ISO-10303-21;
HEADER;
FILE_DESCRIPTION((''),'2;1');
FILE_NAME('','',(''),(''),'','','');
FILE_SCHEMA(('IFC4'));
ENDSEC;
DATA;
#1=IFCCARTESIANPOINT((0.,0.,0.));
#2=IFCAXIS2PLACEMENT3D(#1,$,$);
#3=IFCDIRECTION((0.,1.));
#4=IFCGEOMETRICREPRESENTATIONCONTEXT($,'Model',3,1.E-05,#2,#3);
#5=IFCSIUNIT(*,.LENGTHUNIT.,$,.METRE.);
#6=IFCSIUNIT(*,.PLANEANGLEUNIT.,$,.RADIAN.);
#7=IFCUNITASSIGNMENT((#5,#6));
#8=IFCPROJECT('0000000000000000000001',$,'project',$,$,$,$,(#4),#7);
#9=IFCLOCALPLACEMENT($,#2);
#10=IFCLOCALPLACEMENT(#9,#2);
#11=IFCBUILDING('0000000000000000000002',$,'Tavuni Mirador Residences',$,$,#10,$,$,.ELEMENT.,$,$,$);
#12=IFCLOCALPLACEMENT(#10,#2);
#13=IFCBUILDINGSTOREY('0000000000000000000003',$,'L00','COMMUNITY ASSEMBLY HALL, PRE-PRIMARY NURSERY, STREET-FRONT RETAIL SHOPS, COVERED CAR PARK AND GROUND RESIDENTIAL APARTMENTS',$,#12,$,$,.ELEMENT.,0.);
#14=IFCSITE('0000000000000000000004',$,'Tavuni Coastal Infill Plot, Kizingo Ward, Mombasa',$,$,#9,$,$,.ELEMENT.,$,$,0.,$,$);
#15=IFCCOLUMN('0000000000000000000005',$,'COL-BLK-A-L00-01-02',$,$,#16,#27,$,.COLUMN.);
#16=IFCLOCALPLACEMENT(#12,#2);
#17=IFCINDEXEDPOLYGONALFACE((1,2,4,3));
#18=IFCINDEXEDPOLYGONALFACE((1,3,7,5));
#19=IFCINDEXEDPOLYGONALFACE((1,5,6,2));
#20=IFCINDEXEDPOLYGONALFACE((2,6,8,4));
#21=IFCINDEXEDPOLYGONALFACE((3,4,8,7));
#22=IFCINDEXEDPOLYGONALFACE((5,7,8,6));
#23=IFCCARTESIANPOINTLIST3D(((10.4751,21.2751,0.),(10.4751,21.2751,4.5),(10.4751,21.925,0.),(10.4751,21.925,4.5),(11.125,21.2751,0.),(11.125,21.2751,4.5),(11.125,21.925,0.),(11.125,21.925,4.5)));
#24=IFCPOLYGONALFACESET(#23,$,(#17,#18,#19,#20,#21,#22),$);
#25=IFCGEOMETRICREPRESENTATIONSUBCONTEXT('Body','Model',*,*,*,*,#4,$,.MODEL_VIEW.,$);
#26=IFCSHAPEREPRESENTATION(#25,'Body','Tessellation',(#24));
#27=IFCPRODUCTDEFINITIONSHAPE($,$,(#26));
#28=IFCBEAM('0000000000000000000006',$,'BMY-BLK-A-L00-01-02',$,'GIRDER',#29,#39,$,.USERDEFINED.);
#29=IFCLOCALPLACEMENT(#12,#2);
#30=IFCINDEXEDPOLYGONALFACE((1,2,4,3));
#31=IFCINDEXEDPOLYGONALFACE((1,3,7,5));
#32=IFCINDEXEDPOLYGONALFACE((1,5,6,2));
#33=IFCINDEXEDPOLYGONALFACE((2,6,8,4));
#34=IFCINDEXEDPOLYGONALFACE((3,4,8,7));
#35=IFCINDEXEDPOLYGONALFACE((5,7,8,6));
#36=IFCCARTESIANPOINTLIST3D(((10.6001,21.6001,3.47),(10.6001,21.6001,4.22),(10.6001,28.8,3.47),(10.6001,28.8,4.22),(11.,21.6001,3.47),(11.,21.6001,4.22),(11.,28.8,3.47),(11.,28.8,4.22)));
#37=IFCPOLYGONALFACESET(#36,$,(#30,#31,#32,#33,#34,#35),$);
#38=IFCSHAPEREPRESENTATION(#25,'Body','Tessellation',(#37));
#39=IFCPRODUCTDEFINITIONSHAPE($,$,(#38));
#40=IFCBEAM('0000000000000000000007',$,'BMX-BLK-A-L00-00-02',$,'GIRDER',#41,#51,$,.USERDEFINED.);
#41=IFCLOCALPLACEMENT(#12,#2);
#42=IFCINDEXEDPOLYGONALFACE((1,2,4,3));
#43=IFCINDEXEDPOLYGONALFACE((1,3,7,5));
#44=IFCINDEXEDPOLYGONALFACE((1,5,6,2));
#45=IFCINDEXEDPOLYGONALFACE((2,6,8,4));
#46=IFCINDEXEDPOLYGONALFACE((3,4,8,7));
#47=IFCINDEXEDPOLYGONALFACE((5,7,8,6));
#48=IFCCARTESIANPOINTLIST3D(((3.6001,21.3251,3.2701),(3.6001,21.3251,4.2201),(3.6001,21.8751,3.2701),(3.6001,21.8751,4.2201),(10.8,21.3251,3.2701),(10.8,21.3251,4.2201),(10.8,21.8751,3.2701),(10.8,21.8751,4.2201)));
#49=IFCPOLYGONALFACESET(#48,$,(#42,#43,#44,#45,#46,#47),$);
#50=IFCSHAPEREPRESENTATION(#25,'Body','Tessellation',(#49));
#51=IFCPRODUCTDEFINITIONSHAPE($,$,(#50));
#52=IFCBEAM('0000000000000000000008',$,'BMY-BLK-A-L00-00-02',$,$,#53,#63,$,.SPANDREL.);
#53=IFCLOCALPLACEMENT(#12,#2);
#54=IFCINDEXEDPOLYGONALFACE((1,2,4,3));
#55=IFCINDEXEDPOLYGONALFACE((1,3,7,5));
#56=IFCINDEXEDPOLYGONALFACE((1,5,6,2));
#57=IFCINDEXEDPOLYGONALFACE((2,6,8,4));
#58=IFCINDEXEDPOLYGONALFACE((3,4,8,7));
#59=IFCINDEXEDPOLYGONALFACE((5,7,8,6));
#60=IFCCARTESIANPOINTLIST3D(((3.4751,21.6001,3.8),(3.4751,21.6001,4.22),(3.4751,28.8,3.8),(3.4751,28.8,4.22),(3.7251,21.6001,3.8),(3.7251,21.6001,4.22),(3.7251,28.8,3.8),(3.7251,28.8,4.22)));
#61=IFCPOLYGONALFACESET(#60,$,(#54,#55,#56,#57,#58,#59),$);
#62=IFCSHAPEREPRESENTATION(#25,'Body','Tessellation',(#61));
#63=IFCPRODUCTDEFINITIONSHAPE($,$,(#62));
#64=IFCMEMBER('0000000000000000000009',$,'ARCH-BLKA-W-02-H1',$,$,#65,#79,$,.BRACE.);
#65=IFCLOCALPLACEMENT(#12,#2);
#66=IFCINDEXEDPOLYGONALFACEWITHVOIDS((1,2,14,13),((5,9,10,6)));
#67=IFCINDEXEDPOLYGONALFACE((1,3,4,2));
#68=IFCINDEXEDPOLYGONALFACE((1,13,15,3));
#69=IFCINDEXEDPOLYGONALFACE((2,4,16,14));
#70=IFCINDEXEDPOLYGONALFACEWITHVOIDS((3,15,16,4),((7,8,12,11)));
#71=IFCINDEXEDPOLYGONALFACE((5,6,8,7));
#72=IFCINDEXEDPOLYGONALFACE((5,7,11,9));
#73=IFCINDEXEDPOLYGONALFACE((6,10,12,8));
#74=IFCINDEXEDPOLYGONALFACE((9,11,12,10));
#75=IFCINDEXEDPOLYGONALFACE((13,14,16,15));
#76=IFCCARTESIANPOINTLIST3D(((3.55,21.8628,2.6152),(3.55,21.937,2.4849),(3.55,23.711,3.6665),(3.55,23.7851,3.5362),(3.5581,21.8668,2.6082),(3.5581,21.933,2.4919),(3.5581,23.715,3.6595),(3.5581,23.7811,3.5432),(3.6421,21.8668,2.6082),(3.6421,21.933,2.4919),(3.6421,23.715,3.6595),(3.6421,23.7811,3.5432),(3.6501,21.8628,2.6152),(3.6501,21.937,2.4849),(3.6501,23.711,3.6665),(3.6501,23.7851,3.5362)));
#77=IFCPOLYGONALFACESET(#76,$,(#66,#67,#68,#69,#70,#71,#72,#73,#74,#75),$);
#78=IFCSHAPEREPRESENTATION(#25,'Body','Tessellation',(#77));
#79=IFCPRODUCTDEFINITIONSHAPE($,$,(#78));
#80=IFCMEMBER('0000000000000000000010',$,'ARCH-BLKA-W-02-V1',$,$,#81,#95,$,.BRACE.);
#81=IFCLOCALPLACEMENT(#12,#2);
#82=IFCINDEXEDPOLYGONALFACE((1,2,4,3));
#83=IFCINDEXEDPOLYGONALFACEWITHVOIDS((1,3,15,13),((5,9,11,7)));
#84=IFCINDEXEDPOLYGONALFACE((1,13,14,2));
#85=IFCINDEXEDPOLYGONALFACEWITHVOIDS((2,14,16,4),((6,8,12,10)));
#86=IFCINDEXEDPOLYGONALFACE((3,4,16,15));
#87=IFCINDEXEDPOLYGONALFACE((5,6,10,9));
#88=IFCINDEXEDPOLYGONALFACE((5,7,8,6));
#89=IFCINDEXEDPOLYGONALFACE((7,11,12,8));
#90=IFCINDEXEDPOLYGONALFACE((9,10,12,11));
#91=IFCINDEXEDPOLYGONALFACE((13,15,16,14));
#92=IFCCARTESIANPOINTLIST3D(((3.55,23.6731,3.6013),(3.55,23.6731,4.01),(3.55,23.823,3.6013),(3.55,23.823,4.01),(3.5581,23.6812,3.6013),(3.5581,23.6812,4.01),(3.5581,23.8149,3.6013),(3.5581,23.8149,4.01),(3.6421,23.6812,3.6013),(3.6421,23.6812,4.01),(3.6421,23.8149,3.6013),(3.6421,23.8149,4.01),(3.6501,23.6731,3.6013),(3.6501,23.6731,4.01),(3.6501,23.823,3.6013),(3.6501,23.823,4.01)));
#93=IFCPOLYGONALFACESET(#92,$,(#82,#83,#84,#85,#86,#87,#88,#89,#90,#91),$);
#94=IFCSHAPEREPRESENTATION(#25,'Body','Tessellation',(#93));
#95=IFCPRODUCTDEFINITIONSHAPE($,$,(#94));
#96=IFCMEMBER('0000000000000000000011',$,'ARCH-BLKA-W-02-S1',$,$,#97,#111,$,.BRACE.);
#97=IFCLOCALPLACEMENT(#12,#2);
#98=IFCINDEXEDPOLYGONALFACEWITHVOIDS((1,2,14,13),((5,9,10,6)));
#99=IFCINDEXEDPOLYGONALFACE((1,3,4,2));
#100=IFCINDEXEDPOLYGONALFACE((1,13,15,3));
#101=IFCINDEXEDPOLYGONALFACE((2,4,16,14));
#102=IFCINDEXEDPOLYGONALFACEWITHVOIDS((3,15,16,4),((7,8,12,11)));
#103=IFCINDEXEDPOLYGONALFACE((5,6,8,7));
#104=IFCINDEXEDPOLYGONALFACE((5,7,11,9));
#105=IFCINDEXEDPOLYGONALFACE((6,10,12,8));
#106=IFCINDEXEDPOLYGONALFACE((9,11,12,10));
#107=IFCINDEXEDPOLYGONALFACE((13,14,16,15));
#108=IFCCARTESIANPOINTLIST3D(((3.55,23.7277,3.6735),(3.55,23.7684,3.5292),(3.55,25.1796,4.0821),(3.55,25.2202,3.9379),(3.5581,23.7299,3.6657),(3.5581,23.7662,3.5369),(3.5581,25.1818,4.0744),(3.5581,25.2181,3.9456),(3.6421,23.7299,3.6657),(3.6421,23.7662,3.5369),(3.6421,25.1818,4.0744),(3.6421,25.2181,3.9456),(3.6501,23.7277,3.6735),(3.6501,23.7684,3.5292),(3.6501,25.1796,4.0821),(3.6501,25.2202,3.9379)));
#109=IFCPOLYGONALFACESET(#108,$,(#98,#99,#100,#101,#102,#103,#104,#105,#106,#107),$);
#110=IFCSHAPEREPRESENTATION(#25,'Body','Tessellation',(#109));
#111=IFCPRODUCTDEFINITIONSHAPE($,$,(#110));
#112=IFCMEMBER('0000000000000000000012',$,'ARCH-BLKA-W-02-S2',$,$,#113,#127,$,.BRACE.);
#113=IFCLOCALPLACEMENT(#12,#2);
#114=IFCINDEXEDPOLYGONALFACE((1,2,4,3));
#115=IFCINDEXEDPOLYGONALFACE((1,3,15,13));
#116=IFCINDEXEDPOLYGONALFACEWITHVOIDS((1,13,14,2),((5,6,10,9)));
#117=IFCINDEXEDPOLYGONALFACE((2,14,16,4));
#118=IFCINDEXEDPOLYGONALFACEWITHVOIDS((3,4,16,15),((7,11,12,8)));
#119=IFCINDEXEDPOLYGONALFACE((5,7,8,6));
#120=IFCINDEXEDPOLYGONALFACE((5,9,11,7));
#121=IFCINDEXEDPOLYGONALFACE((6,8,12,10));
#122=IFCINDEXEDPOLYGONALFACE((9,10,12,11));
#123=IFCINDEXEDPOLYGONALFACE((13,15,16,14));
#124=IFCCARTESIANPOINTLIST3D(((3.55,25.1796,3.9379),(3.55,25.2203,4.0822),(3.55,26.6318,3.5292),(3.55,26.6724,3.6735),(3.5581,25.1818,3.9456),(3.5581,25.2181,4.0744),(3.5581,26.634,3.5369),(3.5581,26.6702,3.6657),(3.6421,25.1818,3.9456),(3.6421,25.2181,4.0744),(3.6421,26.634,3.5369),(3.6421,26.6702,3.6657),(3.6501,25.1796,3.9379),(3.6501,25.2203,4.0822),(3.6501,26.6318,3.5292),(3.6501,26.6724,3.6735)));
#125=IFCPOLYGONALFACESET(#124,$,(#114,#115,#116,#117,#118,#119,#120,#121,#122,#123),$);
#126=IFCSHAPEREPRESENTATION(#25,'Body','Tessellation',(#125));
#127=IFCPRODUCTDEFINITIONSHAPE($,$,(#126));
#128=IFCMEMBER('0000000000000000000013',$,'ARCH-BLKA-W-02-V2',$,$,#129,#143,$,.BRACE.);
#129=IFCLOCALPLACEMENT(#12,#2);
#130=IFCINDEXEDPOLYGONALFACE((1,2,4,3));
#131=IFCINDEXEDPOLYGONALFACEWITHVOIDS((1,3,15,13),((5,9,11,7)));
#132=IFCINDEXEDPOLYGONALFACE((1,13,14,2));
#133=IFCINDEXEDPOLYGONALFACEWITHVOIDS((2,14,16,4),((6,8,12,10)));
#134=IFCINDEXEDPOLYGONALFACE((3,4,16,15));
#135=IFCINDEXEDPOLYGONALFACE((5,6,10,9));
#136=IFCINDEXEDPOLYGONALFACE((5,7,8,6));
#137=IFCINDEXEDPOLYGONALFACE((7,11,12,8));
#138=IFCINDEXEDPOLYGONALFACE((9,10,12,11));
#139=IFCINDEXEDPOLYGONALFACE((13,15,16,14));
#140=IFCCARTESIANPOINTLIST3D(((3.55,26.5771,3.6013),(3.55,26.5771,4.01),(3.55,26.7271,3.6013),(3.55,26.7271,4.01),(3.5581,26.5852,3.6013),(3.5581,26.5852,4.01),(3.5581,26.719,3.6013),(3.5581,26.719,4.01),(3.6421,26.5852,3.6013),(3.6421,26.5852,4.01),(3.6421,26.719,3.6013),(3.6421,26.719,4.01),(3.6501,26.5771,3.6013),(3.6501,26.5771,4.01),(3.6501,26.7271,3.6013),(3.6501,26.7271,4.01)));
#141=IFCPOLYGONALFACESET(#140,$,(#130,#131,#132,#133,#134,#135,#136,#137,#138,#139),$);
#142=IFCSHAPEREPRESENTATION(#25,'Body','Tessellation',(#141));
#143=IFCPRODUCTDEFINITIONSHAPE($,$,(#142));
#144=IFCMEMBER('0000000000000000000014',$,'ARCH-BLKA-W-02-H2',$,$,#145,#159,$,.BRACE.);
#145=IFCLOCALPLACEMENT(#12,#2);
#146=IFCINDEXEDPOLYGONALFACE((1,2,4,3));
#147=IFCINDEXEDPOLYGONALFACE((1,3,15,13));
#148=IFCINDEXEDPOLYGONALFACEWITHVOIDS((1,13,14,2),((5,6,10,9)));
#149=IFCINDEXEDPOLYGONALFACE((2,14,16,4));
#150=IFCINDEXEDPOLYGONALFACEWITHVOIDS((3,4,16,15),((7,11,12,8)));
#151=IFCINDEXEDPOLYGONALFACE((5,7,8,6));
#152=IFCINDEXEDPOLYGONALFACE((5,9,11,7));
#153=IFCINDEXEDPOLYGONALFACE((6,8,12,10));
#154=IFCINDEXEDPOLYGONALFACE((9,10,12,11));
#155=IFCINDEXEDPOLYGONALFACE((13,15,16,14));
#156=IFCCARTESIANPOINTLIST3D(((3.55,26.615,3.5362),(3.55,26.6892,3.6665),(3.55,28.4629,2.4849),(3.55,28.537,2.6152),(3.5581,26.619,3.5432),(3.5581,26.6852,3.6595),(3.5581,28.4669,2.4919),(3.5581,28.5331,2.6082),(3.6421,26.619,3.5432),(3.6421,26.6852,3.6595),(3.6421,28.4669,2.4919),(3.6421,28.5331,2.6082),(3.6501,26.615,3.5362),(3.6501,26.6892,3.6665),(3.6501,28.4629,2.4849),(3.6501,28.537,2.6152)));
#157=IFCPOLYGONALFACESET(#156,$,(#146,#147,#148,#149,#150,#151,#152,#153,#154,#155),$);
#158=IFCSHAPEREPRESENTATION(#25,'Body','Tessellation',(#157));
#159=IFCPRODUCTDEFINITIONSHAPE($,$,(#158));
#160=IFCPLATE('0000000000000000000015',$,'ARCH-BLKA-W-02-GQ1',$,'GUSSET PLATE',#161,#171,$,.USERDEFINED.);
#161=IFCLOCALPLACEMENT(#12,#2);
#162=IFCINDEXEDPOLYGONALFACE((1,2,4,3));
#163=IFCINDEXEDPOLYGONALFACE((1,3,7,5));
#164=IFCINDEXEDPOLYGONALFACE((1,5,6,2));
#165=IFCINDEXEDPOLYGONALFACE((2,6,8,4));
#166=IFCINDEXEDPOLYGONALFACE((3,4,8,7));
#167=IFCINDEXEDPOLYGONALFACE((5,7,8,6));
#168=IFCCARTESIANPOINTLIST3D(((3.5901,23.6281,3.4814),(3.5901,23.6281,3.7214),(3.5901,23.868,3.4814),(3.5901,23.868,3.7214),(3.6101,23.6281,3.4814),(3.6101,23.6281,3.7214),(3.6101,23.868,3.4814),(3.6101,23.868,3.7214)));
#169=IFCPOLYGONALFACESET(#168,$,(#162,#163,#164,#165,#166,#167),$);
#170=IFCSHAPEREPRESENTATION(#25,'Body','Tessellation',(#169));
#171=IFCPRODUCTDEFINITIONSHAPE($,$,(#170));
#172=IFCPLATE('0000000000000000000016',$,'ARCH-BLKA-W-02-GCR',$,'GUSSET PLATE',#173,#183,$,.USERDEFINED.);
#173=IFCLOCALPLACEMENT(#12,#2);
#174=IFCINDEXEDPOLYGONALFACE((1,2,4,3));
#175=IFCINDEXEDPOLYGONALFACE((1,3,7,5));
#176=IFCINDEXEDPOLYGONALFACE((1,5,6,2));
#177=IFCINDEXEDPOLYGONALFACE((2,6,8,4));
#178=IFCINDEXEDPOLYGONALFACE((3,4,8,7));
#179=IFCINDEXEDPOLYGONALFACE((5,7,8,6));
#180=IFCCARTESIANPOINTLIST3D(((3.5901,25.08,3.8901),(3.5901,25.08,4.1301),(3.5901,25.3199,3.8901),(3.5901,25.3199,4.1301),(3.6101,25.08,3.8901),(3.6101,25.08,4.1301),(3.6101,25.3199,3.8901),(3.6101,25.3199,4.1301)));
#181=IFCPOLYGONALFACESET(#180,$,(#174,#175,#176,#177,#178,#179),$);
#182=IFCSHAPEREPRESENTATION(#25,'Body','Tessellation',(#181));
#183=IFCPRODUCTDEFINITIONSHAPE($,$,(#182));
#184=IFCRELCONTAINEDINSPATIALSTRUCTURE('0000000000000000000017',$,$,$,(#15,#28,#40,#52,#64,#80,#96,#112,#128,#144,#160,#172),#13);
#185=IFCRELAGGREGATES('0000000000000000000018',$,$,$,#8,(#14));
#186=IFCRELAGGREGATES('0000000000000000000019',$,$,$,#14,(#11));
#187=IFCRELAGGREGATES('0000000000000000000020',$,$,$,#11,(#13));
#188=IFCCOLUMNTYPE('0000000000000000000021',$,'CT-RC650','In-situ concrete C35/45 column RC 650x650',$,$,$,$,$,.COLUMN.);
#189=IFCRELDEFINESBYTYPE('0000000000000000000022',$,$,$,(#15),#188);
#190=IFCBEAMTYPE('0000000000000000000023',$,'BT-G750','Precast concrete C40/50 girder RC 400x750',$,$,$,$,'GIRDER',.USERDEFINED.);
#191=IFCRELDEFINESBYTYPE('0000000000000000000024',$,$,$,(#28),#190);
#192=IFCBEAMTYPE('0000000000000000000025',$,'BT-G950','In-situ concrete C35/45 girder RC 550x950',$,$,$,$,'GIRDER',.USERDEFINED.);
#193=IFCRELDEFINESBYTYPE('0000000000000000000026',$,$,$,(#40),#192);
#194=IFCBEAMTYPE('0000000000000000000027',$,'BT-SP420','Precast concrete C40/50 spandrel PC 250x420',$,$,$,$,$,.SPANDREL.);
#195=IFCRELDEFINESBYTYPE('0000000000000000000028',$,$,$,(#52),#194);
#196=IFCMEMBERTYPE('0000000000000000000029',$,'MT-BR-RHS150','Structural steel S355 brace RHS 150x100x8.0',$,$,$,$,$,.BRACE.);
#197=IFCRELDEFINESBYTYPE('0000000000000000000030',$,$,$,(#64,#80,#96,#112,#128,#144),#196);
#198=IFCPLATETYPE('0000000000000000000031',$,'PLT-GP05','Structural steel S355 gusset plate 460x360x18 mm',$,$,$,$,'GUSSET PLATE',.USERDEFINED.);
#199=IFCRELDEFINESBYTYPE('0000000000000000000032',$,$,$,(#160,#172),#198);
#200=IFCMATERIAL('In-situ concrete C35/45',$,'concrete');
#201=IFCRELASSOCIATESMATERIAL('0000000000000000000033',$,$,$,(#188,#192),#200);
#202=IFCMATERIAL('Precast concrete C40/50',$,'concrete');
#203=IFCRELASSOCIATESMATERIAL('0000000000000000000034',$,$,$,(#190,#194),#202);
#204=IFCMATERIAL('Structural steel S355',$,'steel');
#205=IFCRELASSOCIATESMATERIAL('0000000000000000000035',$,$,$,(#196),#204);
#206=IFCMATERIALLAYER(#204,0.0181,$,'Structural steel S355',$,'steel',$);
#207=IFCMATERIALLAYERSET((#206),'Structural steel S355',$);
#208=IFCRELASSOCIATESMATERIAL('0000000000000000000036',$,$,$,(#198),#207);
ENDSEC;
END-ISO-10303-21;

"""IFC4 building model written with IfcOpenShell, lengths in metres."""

from ifc_helpers import new_model, si_unit, direction, frame, origin, origin_2d, place, context, subcontext, project, spatial, rectangle, hollow_rectangle, extrude, material, layer, layer_set, material_profile, profile_set, type_object, element, save


model = new_model("IFC4")

# Units and contexts
model_context = context("Model", 3, precision=1e-05, world=origin(), true_north=direction((0.0, 1.0)))
body_context = subcontext(model_context, "Body", "Model", "MODEL_VIEW")
ifc_project = project(units=[si_unit("LENGTHUNIT", "METRE"), si_unit("PLANEANGLEUNIT", "RADIAN")], contexts=[model_context])

# Site, building, storey
site_placement = place(None, origin())
site = spatial("IfcSite", under=ifc_project, at=site_placement, Name="Tavuni Coastal Infill Plot, Kizingo Ward, Mombasa", CompositionType="ELEMENT", RefElevation=0.0)
building_placement = place(site_placement, origin())
building = spatial("IfcBuilding", under=site, at=building_placement, Name="Tavuni Mirador Residences", CompositionType="ELEMENT")
storey_placement = place(building_placement, origin())
storey = spatial("IfcBuildingStorey", under=building, at=storey_placement, Name="L00", Description="COMMUNITY ASSEMBLY HALL, PRE-PRIMARY NURSERY, STREET-FRONT RETAIL SHOPS, COVERED CAR PARK AND GROUND RESIDENTIAL APARTMENTS", CompositionType="ELEMENT", Elevation=0.0)

# Column
ifc_material_1 = material(Name="In-situ concrete C35/45", Category="concrete")
ifc_material_profile_1 = material_profile(ifc_material_1, rectangle(XDim=0.6499, YDim=0.6499, at=origin_2d()), Name="RC 650x650", Category="concrete")
ifc_profile_set_1 = profile_set([ifc_material_profile_1], Name="In-situ concrete C35/45")
column_type = type_object("IfcColumnType", Name="CT-RC650", Description="In-situ concrete C35/45 column RC 650x650", PredefinedType="COLUMN", material=ifc_profile_set_1)
column_placement = place(storey_placement, frame((10.8, 21.6001, 0.0), z_axis=(0.0, 0.0, 1.0), x_axis=(1.0, 0.0, 0.0)))
element("IfcColumn", 1, at=column_placement, inside=storey, type_object=column_type, Name="COL-BLK-A-L00-01-02", PredefinedType="COLUMN", context=body_context, shape_type="SweptSolid", body=[
    extrude(rectangle(XDim=0.6499, YDim=0.6499, at=origin_2d()), origin(), (0.0, 0.0, 1.0), 4.5),
])

# Beams
ifc_material_2 = material(Name="Precast concrete C40/50", Category="concrete")
ifc_material_profile_2 = material_profile(ifc_material_2, rectangle(XDim=0.3999, YDim=0.75, at=origin_2d()), Name="RC 400x750", Category="concrete")
ifc_profile_set_2 = profile_set([ifc_material_profile_2], Name="Precast concrete C40/50")
beam_type_1 = type_object("IfcBeamType", Name="BT-G750", Description="Precast concrete C40/50 girder RC 400x750", ElementType="GIRDER", PredefinedType="USERDEFINED", material=ifc_profile_set_2)
beam_1_placement = place(storey_placement, frame((10.8, 21.6001, 3.845), z_axis=(0.0, 1.0, 0.0), x_axis=(-1.0, 0.0, 0.0)))
element("IfcBeam", 2, at=beam_1_placement, inside=storey, type_object=beam_type_1, Name="BMY-BLK-A-L00-01-02", ObjectType="GIRDER", PredefinedType="USERDEFINED", context=body_context, shape_type="SweptSolid", body=[
    extrude(rectangle(XDim=0.3999, YDim=0.75, at=origin_2d()), origin(), (0.0, 0.0, 1.0), 7.2),
])
ifc_material_profile_3 = material_profile(ifc_material_1, rectangle(XDim=0.55, YDim=0.95, at=origin_2d()), Name="RC 550x950", Category="concrete")
ifc_profile_set_3 = profile_set([ifc_material_profile_3], Name="In-situ concrete C35/45")
beam_type_2 = type_object("IfcBeamType", Name="BT-G950", Description="In-situ concrete C35/45 girder RC 550x950", ElementType="GIRDER", PredefinedType="USERDEFINED", material=ifc_profile_set_3)
beam_2_placement = place(storey_placement, frame((3.6001, 21.6001, 3.7451), z_axis=(1.0, 0.0, 0.0), x_axis=(0.0, 1.0, 0.0)))
element("IfcBeam", 3, at=beam_2_placement, inside=storey, type_object=beam_type_2, Name="BMX-BLK-A-L00-00-02", ObjectType="GIRDER", PredefinedType="USERDEFINED", context=body_context, shape_type="SweptSolid", body=[
    extrude(rectangle(XDim=0.55, YDim=0.95, at=origin_2d()), origin(), (0.0, 0.0, 1.0), 7.2),
])
ifc_material_profile_4 = material_profile(ifc_material_2, rectangle(XDim=0.25, YDim=0.4199, at=origin_2d()), Name="PC 250x420", Category="concrete")
ifc_profile_set_4 = profile_set([ifc_material_profile_4], Name="Precast concrete C40/50")
beam_type_3 = type_object("IfcBeamType", Name="BT-SP420", Description="Precast concrete C40/50 spandrel PC 250x420", PredefinedType="SPANDREL", material=ifc_profile_set_4)
beam_3_placement = place(storey_placement, frame((3.6001, 21.6001, 4.01), z_axis=(0.0, 1.0, 0.0), x_axis=(-1.0, 0.0, 0.0)))
element("IfcBeam", 4, at=beam_3_placement, inside=storey, type_object=beam_type_3, Name="BMY-BLK-A-L00-00-02", PredefinedType="SPANDREL", context=body_context, shape_type="SweptSolid", body=[
    extrude(rectangle(XDim=0.25, YDim=0.4199, at=origin_2d()), origin(), (0.0, 0.0, 1.0), 7.2),
])

# Members
ifc_material_3 = material(Name="Structural steel S355", Category="steel")
ifc_material_profile_5 = material_profile(ifc_material_3, hollow_rectangle(XDim=0.1001, YDim=0.1499, WallThickness=0.0081, at=origin_2d()), Name="RHS 150x100x8.0", Category="steel")
ifc_profile_set_5 = profile_set([ifc_material_profile_5], Name="Structural steel S355")
member_type = type_object("IfcMemberType", Name="MT-BR-RHS150", Description="Structural steel S355 brace RHS 150x100x8.0", PredefinedType="BRACE", material=ifc_profile_set_5)
member_1_placement = place(storey_placement, frame((3.6001, 21.8999, 2.55), z_axis=(0.0, 0.869217, 0.494432), x_axis=(-1.0, 0.0, 0.0)))
element("IfcMember", 5, at=member_1_placement, inside=storey, type_object=member_type, Name="ARCH-BLKA-W-02-H1", PredefinedType="BRACE", context=body_context, shape_type="SweptSolid", body=[
    extrude(hollow_rectangle(XDim=0.1001, YDim=0.1499, WallThickness=0.0081, at=origin_2d()), origin(), (0.0, 0.0, 1.0), 2.1262),
])
member_2_placement = place(storey_placement, frame((3.6001, 23.748, 3.6013), z_axis=(0.0, 0.0, 1.0), x_axis=(1.0, 0.0, 0.0)))
element("IfcMember", 6, at=member_2_placement, inside=storey, type_object=member_type, Name="ARCH-BLKA-W-02-V1", PredefinedType="BRACE", context=body_context, shape_type="SweptSolid", body=[
    extrude(hollow_rectangle(XDim=0.1001, YDim=0.1499, WallThickness=0.0081, at=origin_2d()), origin(), (0.0, 0.0, 1.0), 0.4087),
])
member_3_placement = place(storey_placement, frame((3.6001, 23.748, 3.6013), z_axis=(0.0, 0.962592, 0.270957), x_axis=(-1.0, 0.0, 0.0)))
element("IfcMember", 7, at=member_3_placement, inside=storey, type_object=member_type, Name="ARCH-BLKA-W-02-S1", PredefinedType="BRACE", context=body_context, shape_type="SweptSolid", body=[
    extrude(hollow_rectangle(XDim=0.1001, YDim=0.1499, WallThickness=0.0081, at=origin_2d()), origin(), (0.0, 0.0, 1.0), 1.5083),
])
member_4_placement = place(storey_placement, frame((3.6001, 25.2, 4.01), z_axis=(0.0, 0.962603, -0.270914), x_axis=(-1.0, 0.0, 0.0)))
element("IfcMember", 8, at=member_4_placement, inside=storey, type_object=member_type, Name="ARCH-BLKA-W-02-S2", PredefinedType="BRACE", context=body_context, shape_type="SweptSolid", body=[
    extrude(hollow_rectangle(XDim=0.1001, YDim=0.1499, WallThickness=0.0081, at=origin_2d()), origin(), (0.0, 0.0, 1.0), 1.5085),
])
member_5_placement = place(storey_placement, frame((3.6001, 26.6521, 3.6013), z_axis=(0.0, 0.0, 1.0), x_axis=(1.0, 0.0, 0.0)))
element("IfcMember", 9, at=member_5_placement, inside=storey, type_object=member_type, Name="ARCH-BLKA-W-02-V2", PredefinedType="BRACE", context=body_context, shape_type="SweptSolid", body=[
    extrude(hollow_rectangle(XDim=0.1001, YDim=0.1499, WallThickness=0.0081, at=origin_2d()), origin(), (0.0, 0.0, 1.0), 0.4087),
])
member_6_placement = place(storey_placement, frame((3.6001, 26.6521, 3.6013), z_axis=(0.0, 0.869189, -0.494481), x_axis=(-1.0, 0.0, 0.0)))
element("IfcMember", 10, at=member_6_placement, inside=storey, type_object=member_type, Name="ARCH-BLKA-W-02-H2", PredefinedType="BRACE", context=body_context, shape_type="SweptSolid", body=[
    extrude(hollow_rectangle(XDim=0.1001, YDim=0.1499, WallThickness=0.0081, at=origin_2d()), origin(), (0.0, 0.0, 1.0), 2.126),
])

# Plates
ifc_layer_1 = layer(ifc_material_3, 0.0181, Name="Structural steel S355", Category="steel")
ifc_layer_set_1 = layer_set([ifc_layer_1], Name="Structural steel S355")
plate_type = type_object("IfcPlateType", Name="PLT-GP05", Description="Structural steel S355 gusset plate 460x360x18 mm", ElementType="GUSSET PLATE", PredefinedType="USERDEFINED", material=ifc_layer_set_1)
for number, where, z_axis, x_axis, name in (
    (11, (3.6001, 23.748, 3.4814), (0.0, 0.0, 1.0), (1.0, 0.0, 0.0), "ARCH-BLKA-W-02-GQ1"),
    (12, (3.6001, 25.2, 3.8901), (0.0, 0.0, 1.0), (1.0, 0.0, 0.0), "ARCH-BLKA-W-02-GCR"),
):
    element("IfcPlate", number, at=place(storey_placement, frame(where, z_axis=z_axis, x_axis=x_axis)), inside=storey, type_object=plate_type, Name=name, ObjectType="GUSSET PLATE", PredefinedType="USERDEFINED", context=body_context, shape_type="SweptSolid", body=[
        extrude(rectangle(XDim=0.02, YDim=0.24, at=origin_2d()), origin(), (0.0, 0.0, 1.0), 0.24),
    ])

save(model, "model.ifc")
